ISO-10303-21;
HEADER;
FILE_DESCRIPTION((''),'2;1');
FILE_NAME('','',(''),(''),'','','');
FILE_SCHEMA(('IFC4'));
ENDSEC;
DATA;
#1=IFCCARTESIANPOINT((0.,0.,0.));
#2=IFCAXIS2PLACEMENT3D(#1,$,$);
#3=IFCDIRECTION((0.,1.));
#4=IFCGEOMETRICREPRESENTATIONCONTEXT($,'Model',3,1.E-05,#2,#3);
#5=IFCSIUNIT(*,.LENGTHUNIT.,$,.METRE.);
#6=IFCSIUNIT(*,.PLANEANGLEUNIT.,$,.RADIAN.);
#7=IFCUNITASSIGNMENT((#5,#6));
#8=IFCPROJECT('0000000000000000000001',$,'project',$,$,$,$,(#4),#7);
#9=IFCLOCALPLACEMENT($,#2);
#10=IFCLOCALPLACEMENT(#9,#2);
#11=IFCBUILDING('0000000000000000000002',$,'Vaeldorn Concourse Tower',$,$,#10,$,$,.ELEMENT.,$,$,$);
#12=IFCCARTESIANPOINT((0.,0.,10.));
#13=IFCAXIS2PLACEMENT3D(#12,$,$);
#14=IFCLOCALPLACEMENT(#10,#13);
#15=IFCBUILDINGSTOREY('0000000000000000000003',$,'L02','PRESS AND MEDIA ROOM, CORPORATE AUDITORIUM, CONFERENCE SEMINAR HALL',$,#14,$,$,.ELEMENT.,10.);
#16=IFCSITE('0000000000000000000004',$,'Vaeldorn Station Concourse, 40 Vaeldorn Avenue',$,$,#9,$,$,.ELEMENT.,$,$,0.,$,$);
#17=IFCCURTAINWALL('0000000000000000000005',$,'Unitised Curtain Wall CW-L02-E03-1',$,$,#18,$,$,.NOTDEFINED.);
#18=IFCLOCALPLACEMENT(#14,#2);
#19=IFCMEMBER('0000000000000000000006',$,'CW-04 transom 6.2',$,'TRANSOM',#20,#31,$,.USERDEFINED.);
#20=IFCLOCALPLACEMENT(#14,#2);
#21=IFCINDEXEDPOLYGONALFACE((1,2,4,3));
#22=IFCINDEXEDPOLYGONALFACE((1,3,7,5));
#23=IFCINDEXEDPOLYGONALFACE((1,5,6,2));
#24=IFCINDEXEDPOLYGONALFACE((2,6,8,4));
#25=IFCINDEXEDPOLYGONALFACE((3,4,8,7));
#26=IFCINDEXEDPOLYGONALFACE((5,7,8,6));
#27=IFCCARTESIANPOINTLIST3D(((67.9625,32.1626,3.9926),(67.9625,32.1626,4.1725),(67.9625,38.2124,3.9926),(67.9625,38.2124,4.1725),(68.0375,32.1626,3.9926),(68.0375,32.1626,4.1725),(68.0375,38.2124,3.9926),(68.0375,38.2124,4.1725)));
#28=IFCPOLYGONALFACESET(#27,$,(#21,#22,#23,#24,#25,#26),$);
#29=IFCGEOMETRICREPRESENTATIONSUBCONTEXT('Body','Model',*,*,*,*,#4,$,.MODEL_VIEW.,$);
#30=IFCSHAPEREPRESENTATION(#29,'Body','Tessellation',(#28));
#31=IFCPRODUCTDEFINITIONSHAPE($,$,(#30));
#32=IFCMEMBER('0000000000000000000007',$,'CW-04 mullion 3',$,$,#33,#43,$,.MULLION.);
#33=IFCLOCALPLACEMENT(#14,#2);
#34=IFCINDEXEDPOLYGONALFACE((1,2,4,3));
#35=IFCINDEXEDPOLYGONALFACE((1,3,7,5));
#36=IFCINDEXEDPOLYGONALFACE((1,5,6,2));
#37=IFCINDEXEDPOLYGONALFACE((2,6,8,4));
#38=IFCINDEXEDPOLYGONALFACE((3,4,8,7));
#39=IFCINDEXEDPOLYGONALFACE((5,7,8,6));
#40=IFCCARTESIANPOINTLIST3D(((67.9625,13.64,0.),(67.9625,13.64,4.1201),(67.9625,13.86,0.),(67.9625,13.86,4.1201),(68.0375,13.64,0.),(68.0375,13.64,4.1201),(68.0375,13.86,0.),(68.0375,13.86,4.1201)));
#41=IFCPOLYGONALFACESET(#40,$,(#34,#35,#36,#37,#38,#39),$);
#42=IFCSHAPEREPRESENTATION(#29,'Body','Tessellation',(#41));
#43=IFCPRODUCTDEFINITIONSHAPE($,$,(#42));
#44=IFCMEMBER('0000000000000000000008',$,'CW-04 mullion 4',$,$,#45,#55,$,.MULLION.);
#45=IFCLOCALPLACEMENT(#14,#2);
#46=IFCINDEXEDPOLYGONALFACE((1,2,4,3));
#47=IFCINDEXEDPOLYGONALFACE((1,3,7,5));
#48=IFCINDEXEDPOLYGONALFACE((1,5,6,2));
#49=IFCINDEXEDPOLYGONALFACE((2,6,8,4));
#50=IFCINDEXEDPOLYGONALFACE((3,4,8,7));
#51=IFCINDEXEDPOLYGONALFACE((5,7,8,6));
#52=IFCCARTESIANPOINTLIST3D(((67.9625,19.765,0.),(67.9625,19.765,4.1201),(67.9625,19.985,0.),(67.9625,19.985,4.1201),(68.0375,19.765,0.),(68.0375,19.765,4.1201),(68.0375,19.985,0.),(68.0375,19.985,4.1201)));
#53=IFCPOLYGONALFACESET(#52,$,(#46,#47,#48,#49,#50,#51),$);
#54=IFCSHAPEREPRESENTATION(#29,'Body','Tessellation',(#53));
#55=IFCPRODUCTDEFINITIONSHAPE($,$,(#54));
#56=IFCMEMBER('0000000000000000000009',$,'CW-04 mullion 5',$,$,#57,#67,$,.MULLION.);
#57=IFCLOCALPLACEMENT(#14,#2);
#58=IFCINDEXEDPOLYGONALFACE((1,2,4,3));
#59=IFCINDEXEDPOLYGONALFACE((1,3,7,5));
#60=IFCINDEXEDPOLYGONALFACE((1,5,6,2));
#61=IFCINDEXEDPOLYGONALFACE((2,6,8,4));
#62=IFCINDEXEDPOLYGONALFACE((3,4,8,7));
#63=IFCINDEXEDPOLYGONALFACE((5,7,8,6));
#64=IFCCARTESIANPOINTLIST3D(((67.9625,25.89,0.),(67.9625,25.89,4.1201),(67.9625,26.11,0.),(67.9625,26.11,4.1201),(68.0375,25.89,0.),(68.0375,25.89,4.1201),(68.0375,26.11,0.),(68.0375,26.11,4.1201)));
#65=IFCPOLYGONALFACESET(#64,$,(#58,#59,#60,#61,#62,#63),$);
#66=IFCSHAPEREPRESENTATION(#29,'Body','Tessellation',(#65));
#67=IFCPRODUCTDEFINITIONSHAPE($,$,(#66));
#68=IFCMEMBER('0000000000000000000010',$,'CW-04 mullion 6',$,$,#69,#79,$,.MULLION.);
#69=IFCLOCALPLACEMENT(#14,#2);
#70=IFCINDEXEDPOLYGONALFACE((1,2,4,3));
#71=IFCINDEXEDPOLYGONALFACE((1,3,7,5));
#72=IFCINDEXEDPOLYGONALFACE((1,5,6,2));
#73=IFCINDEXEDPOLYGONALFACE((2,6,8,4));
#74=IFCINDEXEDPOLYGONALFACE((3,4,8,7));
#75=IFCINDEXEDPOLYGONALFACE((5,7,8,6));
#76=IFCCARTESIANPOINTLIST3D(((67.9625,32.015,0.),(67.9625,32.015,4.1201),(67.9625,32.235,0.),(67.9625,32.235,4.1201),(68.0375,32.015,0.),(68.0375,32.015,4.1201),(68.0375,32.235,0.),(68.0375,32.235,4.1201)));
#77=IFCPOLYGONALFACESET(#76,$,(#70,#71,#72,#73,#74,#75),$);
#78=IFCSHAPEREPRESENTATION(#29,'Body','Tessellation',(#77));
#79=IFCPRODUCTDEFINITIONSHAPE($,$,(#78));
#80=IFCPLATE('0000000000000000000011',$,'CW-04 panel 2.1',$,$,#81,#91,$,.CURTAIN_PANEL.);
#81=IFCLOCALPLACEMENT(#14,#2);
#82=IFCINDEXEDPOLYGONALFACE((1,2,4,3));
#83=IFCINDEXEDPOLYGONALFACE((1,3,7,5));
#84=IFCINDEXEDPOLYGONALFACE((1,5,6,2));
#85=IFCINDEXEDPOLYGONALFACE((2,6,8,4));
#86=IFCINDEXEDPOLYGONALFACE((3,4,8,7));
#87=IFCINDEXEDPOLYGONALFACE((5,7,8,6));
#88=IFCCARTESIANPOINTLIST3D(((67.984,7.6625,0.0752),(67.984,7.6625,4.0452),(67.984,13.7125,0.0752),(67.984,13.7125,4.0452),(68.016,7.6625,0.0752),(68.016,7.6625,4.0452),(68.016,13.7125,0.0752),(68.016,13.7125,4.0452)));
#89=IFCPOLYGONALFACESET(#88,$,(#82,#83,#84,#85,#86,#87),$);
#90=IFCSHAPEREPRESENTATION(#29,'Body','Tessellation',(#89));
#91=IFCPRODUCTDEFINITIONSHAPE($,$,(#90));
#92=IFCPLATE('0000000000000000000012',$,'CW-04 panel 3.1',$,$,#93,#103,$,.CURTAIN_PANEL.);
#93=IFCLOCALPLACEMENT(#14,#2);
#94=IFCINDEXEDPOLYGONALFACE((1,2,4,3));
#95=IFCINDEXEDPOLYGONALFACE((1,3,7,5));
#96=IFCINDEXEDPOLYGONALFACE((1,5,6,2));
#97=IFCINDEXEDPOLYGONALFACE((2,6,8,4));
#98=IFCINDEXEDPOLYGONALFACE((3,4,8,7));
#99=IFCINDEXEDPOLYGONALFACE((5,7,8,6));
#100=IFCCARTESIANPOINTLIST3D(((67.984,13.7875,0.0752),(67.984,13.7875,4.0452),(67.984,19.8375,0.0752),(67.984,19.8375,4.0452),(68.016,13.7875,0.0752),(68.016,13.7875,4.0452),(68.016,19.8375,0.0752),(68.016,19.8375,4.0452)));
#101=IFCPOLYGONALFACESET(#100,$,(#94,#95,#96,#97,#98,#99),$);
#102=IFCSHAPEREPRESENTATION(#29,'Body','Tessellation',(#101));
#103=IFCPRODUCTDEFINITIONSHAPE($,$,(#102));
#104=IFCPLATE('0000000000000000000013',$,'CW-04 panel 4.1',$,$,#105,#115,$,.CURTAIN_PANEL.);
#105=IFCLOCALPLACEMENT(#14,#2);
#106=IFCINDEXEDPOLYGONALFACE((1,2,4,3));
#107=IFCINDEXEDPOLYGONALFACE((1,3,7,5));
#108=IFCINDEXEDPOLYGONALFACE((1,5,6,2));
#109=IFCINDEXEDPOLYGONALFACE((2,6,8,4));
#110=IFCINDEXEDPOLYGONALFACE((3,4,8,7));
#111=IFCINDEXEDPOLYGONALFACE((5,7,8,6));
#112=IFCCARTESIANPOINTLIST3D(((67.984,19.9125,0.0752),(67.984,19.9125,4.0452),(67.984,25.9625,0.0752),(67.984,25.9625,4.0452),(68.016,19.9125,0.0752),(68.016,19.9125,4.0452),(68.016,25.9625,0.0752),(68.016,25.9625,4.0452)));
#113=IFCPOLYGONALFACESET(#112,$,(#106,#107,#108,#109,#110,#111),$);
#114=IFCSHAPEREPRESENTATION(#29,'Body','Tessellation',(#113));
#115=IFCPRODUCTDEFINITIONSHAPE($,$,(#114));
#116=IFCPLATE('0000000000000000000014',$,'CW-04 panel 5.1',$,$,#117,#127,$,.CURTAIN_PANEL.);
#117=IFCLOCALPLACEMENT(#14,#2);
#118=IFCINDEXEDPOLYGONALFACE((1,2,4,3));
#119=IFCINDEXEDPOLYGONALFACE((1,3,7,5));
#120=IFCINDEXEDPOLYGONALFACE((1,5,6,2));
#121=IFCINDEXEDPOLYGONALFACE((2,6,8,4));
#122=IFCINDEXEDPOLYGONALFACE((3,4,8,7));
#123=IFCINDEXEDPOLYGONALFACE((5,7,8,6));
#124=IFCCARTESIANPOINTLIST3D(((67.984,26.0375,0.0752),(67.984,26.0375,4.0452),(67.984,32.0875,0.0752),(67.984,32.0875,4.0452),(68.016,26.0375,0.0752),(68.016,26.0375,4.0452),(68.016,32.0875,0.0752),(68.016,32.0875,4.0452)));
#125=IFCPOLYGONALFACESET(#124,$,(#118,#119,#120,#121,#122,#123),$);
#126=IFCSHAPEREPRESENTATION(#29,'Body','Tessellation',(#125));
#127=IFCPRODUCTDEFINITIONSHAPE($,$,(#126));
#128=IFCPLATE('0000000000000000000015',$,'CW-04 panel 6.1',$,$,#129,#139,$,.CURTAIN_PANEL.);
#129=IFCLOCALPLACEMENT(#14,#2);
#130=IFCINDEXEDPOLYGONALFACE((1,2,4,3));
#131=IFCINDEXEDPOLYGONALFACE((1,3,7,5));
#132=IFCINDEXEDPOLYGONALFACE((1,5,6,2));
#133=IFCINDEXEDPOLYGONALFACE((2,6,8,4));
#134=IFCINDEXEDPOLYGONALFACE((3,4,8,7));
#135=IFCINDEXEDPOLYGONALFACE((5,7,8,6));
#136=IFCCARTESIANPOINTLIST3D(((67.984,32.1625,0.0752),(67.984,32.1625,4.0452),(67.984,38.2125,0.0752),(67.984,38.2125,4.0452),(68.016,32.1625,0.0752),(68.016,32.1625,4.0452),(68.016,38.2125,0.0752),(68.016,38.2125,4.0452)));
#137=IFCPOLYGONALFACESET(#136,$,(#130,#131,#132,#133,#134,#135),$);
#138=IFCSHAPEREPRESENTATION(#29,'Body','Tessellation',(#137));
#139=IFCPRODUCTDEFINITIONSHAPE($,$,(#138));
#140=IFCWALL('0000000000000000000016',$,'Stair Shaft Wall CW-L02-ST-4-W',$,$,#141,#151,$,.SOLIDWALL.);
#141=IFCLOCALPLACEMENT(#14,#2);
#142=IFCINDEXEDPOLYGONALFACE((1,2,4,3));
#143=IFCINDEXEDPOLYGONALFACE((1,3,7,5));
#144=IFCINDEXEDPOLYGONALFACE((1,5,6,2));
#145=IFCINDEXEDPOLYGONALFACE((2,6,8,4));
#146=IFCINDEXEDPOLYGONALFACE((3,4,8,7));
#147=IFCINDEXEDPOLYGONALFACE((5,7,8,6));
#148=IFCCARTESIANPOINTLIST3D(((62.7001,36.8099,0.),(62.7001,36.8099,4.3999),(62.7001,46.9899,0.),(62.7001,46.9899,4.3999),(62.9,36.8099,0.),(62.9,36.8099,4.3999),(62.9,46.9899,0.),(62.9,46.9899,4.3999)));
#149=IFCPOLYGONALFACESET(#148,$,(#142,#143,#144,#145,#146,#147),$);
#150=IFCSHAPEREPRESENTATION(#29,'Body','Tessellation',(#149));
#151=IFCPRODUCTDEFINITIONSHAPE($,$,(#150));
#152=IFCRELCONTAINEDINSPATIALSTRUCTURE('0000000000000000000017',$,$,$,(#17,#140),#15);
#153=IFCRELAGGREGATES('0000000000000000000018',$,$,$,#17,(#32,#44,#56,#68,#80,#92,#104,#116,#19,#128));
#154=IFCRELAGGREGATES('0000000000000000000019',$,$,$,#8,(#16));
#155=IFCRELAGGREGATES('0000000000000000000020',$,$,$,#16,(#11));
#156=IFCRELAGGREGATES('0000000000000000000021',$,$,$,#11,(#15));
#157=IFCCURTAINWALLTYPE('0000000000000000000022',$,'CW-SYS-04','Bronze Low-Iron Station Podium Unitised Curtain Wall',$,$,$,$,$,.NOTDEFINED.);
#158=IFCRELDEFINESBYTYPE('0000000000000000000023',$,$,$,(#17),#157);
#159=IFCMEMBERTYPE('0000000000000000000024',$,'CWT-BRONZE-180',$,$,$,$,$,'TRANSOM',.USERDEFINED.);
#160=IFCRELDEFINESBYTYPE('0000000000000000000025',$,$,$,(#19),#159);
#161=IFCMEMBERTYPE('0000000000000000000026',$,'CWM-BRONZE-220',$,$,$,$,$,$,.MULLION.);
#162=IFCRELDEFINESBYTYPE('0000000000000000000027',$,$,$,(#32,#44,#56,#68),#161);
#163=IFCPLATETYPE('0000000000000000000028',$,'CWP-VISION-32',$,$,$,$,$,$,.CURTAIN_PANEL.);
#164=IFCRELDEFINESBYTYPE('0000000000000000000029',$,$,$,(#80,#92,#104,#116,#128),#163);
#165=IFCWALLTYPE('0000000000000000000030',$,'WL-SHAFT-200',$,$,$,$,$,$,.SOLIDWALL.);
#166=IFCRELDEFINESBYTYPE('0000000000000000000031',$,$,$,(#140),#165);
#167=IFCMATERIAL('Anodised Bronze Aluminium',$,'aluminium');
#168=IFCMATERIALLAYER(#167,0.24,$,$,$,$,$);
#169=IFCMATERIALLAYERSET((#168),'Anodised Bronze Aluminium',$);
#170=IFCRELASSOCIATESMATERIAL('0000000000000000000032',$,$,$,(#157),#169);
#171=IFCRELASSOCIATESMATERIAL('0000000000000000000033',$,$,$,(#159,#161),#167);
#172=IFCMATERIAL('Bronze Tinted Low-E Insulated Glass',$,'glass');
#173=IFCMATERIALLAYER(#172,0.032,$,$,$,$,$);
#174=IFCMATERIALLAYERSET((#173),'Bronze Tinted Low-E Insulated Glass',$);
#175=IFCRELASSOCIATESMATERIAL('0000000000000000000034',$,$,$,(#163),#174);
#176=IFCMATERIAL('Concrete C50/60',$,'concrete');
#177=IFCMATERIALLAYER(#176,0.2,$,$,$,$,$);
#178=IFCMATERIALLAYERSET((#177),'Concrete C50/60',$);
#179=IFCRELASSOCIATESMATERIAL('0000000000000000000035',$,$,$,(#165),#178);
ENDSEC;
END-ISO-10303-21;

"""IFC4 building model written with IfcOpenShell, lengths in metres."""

from ifc_helpers import new_model, si_unit, direction, frame, frame_2d, origin, origin_2d, place, context, subcontext, project, spatial, rectangle, extrude, source, transform, mapped, material, layer, layer_set, material_profile, profile_set, type_object, element, aggregate, save


model = new_model("IFC4")

# Units and contexts
model_context = context("Model", 3, precision=1e-05, world=origin(), true_north=direction((0.0, 1.0)))
body_context = subcontext(model_context, "Body", "Model", "MODEL_VIEW")
ifc_project = project(units=[si_unit("LENGTHUNIT", "METRE"), si_unit("PLANEANGLEUNIT", "RADIAN")], contexts=[model_context])

# Site, building, storey
site_placement = place(None, origin())
site = spatial("IfcSite", under=ifc_project, at=site_placement, Name="Vaeldorn Station Concourse, 40 Vaeldorn Avenue", CompositionType="ELEMENT", RefElevation=0.0)
building_placement = place(site_placement, origin())
building = spatial("IfcBuilding", under=site, at=building_placement, Name="Vaeldorn Concourse Tower", CompositionType="ELEMENT")
storey_placement = place(building_placement, frame((0.0, 0.0, 10.0)))
storey = spatial("IfcBuildingStorey", under=building, at=storey_placement, Name="L02", Description="PRESS AND MEDIA ROOM, CORPORATE AUDITORIUM, CONFERENCE SEMINAR HALL", CompositionType="ELEMENT", Elevation=10.0)

# Shared definitions
ifc_material_1 = material(Name="Concrete C50/60", Category="concrete")

# Curtain wall, members, plates
ifc_material_2 = material(Name="Anodised Bronze Aluminium", Category="aluminium")
ifc_layer_1 = layer(ifc_material_2, 0.24)
ifc_layer_set_1 = layer_set([ifc_layer_1], Name="Anodised Bronze Aluminium")
curtain_wall_type = type_object("IfcCurtainWallType", Name="CW-SYS-04", Description="Bronze Low-Iron Station Podium Unitised Curtain Wall", PredefinedType="NOTDEFINED", material=ifc_layer_set_1)
curtain_wall_placement = place(storey_placement, origin())
curtain_wall = element("IfcCurtainWall", 1, at=curtain_wall_placement, inside=storey, type_object=curtain_wall_type, Name="Unitised Curtain Wall CW-L02-E03-1", PredefinedType="NOTDEFINED")
ifc_material_profile_1 = material_profile(ifc_material_2, rectangle(XDim=0.075, YDim=0.1799, at=origin_2d()), Name="CWT 75x180")
ifc_profile_set_1 = profile_set([ifc_material_profile_1], Name="Anodised Bronze Aluminium")
member_type_1 = type_object("IfcMemberType", Name="CWT-BRONZE-180", ElementType="TRANSOM", PredefinedType="USERDEFINED", material=ifc_profile_set_1)
shared_shape_1 = source(origin(), body_context, "Body", "SweptSolid", [
    extrude(rectangle(XDim=0.075, YDim=0.1799, at=origin_2d()), origin(), (0.0, 0.0, 1.0), 6.0498),
])
member_1_placement = place(storey_placement, frame((68.0, 32.1626, 4.0825), z_axis=(0.0, 1.0, 0.0), x_axis=(-1.0, 0.0, 0.0)))
member_1 = element("IfcMember", 2, at=member_1_placement, type_object=member_type_1, Name="CW-04 transom 6.2", ObjectType="TRANSOM", PredefinedType="USERDEFINED", context=body_context, shape_type="MappedRepresentation", body=[
    mapped(shared_shape_1, transform((0.0, 0.0, 0.0), scale=1.0)),
])
ifc_material_profile_2 = material_profile(ifc_material_2, rectangle(XDim=0.075, YDim=0.22, at=origin_2d()), Name="CWM 75x220")
ifc_profile_set_2 = profile_set([ifc_material_profile_2], Name="Anodised Bronze Aluminium")
member_type_2 = type_object("IfcMemberType", Name="CWM-BRONZE-220", PredefinedType="MULLION", material=ifc_profile_set_2)
shared_shape_2 = source(origin(), body_context, "Body", "SweptSolid", [
    extrude(rectangle(XDim=0.075, YDim=0.22, at=origin_2d()), origin(), (0.0, 0.0, 1.0), 4.1201),
])
member_2_placement = place(storey_placement, frame((68.0, 13.75, 0.0), z_axis=(0.0, 0.0, 1.0), x_axis=(-1.0, 0.0, 0.0)))
member_2 = element("IfcMember", 3, at=member_2_placement, type_object=member_type_2, Name="CW-04 mullion 3", PredefinedType="MULLION", context=body_context, shape_type="MappedRepresentation", body=[
    mapped(shared_shape_2, transform((0.0, 0.0, 0.0), scale=1.0)),
])
member_3_placement = place(storey_placement, frame((68.0, 19.875, 0.0), z_axis=(0.0, 0.0, 1.0), x_axis=(-1.0, 0.0, 0.0)))
member_3 = element("IfcMember", 4, at=member_3_placement, type_object=member_type_2, Name="CW-04 mullion 4", PredefinedType="MULLION", context=body_context, shape_type="MappedRepresentation", body=[
    mapped(shared_shape_2, transform((0.0, 0.0, 0.0), scale=1.0)),
])
member_4_placement = place(storey_placement, frame((68.0, 26.0, 0.0), z_axis=(0.0, 0.0, 1.0), x_axis=(-1.0, 0.0, 0.0)))
member_4 = element("IfcMember", 5, at=member_4_placement, type_object=member_type_2, Name="CW-04 mullion 5", PredefinedType="MULLION", context=body_context, shape_type="MappedRepresentation", body=[
    mapped(shared_shape_2, transform((0.0, 0.0, 0.0), scale=1.0)),
])
member_5_placement = place(storey_placement, frame((68.0, 32.125, 0.0), z_axis=(0.0, 0.0, 1.0), x_axis=(-1.0, 0.0, 0.0)))
member_5 = element("IfcMember", 6, at=member_5_placement, type_object=member_type_2, Name="CW-04 mullion 6", PredefinedType="MULLION", context=body_context, shape_type="MappedRepresentation", body=[
    mapped(shared_shape_2, transform((0.0, 0.0, 0.0), scale=1.0)),
])
ifc_material_3 = material(Name="Bronze Tinted Low-E Insulated Glass", Category="glass")
ifc_layer_2 = layer(ifc_material_3, 0.032)
ifc_layer_set_2 = layer_set([ifc_layer_2], Name="Bronze Tinted Low-E Insulated Glass")
plate_type = type_object("IfcPlateType", Name="CWP-VISION-32", PredefinedType="CURTAIN_PANEL", material=ifc_layer_set_2)
shared_shape_3 = source(origin(), body_context, "Body", "SweptSolid", [
    extrude(rectangle(XDim=6.05, YDim=0.032, at=origin_2d()), origin(), (0.0, 0.0, 1.0), 3.97),
])
plate_1_placement = place(storey_placement, frame((68.0, 10.6875, 0.0752), z_axis=(0.0, 0.0, 1.0), x_axis=(0.0, 1.0, 0.0)))
plate_1 = element("IfcPlate", 7, at=plate_1_placement, type_object=plate_type, Name="CW-04 panel 2.1", PredefinedType="CURTAIN_PANEL", context=body_context, shape_type="MappedRepresentation", body=[
    mapped(shared_shape_3, transform((0.0, 0.0, 0.0), scale=1.0)),
])
plate_2_placement = place(storey_placement, frame((68.0, 16.8125, 0.0752), z_axis=(0.0, 0.0, 1.0), x_axis=(0.0, 1.0, 0.0)))
plate_2 = element("IfcPlate", 8, at=plate_2_placement, type_object=plate_type, Name="CW-04 panel 3.1", PredefinedType="CURTAIN_PANEL", context=body_context, shape_type="MappedRepresentation", body=[
    mapped(shared_shape_3, transform((0.0, 0.0, 0.0), scale=1.0)),
])
plate_3_placement = place(storey_placement, frame((68.0, 22.9375, 0.0752), z_axis=(0.0, 0.0, 1.0), x_axis=(0.0, 1.0, 0.0)))
plate_3 = element("IfcPlate", 9, at=plate_3_placement, type_object=plate_type, Name="CW-04 panel 4.1", PredefinedType="CURTAIN_PANEL", context=body_context, shape_type="MappedRepresentation", body=[
    mapped(shared_shape_3, transform((0.0, 0.0, 0.0), scale=1.0)),
])
plate_4_placement = place(storey_placement, frame((68.0, 29.0625, 0.0752), z_axis=(0.0, 0.0, 1.0), x_axis=(0.0, 1.0, 0.0)))
plate_4 = element("IfcPlate", 10, at=plate_4_placement, type_object=plate_type, Name="CW-04 panel 5.1", PredefinedType="CURTAIN_PANEL", context=body_context, shape_type="MappedRepresentation", body=[
    mapped(shared_shape_3, transform((0.0, 0.0, 0.0), scale=1.0)),
])
plate_5_placement = place(storey_placement, frame((68.0, 35.1875, 0.0752), z_axis=(0.0, 0.0, 1.0), x_axis=(0.0, 1.0, 0.0)))
plate_5 = element("IfcPlate", 11, at=plate_5_placement, type_object=plate_type, Name="CW-04 panel 6.1", PredefinedType="CURTAIN_PANEL", context=body_context, shape_type="MappedRepresentation", body=[
    mapped(shared_shape_3, transform((0.0, 0.0, 0.0), scale=1.0)),
])
aggregate(curtain_wall, [member_2, member_3, member_4, member_5, plate_1, plate_2, plate_3, plate_4, member_1, plate_5])

# Wall
ifc_layer_3 = layer(ifc_material_1, 0.2)
ifc_layer_set_3 = layer_set([ifc_layer_3], Name="Concrete C50/60")
wall_type = type_object("IfcWallType", Name="WL-SHAFT-200", PredefinedType="SOLIDWALL", material=ifc_layer_set_3)
wall_placement = place(storey_placement, frame((62.8, 36.8101, 0.0), z_axis=(0.0, 0.0, 1.0), x_axis=(0.0, 1.0, 0.0)))
element("IfcWall", 12, at=wall_placement, inside=storey, type_object=wall_type, Name="Stair Shaft Wall CW-L02-ST-4-W", PredefinedType="SOLIDWALL", context=body_context, shape_type="SweptSolid", body=[
    extrude(rectangle(XDim=10.1799, YDim=0.2, at=frame_2d((5.0898, 0.0))), origin(), (0.0, 0.0, 1.0), 4.3999),
])

save(model, "model.ifc")
